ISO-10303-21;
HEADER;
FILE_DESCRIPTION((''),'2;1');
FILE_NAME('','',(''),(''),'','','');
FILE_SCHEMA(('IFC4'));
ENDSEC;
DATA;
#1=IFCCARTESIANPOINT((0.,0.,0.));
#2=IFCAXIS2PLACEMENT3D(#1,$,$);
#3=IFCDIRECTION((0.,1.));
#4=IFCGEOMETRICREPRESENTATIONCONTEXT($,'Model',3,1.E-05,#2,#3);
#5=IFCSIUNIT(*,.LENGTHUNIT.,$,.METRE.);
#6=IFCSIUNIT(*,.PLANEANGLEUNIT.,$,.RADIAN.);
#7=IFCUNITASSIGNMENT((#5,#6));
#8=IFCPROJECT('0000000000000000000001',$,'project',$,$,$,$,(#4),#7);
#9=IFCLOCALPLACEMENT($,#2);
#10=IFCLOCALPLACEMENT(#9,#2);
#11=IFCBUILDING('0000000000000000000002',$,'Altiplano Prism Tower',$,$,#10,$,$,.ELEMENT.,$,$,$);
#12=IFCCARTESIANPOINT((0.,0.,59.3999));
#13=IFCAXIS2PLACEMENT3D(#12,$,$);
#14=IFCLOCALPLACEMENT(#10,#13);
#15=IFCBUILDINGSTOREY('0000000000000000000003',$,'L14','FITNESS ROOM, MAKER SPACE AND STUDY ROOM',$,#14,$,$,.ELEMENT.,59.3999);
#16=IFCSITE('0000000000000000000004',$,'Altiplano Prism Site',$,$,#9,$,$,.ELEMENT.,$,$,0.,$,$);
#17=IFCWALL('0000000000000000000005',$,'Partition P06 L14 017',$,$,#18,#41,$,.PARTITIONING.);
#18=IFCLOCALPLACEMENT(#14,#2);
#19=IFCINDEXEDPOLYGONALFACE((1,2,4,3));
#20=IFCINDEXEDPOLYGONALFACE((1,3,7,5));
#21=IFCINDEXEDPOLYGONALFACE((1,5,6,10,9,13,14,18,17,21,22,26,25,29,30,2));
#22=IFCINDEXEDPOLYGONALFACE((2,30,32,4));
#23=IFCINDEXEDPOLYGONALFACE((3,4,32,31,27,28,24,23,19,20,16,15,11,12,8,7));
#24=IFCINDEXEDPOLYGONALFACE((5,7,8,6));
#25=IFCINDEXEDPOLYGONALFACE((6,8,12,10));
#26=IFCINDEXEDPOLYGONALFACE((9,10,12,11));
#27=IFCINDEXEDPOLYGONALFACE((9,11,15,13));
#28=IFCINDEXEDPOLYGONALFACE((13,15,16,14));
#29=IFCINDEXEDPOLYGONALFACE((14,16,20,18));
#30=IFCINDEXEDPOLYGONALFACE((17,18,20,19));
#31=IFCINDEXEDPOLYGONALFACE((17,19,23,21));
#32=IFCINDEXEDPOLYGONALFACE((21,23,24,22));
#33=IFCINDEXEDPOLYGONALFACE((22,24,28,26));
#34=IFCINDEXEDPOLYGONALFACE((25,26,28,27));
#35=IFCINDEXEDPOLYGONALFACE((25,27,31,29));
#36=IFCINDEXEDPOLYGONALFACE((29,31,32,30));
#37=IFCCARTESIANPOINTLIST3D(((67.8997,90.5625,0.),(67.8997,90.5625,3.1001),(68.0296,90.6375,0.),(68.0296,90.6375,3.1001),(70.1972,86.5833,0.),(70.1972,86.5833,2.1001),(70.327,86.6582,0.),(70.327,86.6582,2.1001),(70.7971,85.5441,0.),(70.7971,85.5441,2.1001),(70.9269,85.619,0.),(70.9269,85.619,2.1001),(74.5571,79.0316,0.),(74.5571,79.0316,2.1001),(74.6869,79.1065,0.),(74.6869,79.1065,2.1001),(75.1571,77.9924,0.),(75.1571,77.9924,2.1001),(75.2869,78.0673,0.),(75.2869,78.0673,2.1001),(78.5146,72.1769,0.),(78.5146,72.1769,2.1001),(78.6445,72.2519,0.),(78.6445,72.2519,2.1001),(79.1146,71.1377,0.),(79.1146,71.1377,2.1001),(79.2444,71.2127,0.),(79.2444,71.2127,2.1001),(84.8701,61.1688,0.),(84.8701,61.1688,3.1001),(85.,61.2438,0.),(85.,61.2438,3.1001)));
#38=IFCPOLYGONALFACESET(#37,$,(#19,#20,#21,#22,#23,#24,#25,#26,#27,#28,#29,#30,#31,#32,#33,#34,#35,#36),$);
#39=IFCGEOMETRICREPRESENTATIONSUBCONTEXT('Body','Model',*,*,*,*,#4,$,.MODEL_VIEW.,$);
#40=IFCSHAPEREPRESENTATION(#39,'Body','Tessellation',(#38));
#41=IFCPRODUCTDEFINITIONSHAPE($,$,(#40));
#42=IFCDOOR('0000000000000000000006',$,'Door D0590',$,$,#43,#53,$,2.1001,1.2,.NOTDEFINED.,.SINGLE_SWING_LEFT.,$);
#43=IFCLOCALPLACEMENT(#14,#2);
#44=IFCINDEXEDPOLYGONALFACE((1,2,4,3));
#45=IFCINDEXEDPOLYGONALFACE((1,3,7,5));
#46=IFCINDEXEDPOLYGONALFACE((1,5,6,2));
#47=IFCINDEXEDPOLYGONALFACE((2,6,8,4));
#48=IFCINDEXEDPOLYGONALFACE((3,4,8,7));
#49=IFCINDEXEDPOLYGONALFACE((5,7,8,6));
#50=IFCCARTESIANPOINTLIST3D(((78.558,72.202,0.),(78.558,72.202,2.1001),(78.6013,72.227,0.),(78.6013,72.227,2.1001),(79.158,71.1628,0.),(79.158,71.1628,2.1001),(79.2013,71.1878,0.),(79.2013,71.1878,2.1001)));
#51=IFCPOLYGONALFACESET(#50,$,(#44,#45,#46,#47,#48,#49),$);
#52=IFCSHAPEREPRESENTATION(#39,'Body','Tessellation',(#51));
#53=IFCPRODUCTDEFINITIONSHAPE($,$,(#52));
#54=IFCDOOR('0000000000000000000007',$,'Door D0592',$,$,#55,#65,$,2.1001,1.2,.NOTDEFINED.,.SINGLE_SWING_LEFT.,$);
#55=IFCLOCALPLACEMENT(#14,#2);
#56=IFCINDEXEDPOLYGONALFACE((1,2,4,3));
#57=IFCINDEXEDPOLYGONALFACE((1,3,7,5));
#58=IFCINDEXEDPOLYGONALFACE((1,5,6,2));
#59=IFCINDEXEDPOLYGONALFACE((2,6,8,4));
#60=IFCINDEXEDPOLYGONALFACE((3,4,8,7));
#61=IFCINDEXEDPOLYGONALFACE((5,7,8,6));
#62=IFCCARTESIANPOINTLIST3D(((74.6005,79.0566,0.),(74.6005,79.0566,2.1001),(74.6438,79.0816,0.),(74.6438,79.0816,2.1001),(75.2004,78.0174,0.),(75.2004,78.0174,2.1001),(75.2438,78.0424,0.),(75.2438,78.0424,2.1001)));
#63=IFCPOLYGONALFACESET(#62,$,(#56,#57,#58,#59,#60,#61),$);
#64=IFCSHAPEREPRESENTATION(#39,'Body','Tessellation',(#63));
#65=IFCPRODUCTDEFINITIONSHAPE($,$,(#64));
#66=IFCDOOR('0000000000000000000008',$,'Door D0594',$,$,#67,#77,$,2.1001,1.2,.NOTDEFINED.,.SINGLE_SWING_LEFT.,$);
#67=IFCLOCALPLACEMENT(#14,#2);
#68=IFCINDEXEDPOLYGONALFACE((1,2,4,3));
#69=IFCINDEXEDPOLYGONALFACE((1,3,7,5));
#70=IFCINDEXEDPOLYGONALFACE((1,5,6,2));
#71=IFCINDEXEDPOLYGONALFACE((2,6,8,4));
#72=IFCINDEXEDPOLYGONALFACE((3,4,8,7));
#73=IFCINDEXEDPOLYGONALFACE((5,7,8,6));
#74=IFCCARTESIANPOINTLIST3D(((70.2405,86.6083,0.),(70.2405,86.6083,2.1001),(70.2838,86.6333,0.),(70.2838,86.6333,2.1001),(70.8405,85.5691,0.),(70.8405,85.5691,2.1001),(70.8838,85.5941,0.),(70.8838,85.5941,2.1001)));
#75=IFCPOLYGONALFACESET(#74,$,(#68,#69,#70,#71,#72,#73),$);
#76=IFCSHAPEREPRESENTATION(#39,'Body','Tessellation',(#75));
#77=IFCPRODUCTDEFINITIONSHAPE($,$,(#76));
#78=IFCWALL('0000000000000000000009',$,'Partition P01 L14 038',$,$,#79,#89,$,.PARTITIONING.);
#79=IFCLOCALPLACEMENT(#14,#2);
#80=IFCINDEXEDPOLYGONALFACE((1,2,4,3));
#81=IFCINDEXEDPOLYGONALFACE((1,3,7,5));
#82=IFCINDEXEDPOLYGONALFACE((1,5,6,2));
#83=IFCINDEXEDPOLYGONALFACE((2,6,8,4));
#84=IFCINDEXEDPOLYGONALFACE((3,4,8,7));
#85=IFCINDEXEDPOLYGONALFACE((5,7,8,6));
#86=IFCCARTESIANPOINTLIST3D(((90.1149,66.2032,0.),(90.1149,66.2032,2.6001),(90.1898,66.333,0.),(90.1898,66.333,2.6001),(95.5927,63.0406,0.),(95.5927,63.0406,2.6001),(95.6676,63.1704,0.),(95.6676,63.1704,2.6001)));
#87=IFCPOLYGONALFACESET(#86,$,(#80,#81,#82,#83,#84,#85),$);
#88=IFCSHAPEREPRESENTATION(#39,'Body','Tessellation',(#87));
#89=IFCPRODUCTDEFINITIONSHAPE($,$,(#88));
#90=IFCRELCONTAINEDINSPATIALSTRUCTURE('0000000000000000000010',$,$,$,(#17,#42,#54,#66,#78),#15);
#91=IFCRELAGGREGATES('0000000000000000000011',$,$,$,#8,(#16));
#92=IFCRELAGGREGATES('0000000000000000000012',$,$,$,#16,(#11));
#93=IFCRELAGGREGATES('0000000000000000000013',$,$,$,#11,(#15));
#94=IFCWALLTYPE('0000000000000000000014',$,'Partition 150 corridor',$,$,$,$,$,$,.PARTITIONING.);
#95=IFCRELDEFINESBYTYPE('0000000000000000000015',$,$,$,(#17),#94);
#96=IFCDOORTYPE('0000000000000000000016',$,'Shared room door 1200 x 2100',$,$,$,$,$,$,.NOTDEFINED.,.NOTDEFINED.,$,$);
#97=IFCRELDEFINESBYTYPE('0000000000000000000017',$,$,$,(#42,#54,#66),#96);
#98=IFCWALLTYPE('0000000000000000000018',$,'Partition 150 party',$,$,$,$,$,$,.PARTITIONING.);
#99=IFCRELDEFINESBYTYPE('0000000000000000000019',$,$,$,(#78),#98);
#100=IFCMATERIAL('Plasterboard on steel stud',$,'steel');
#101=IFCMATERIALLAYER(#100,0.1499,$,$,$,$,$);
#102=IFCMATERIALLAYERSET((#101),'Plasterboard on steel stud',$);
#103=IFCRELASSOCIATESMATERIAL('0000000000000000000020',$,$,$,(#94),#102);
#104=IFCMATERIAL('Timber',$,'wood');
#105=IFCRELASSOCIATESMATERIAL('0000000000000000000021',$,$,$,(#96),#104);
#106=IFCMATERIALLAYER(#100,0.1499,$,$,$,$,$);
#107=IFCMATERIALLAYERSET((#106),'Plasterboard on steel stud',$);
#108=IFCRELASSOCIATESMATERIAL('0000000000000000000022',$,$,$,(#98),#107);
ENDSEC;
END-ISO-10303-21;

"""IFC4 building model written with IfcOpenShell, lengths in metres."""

from ifc_helpers import new_model, si_unit, direction, frame, frame_2d, origin, place, context, subcontext, project, spatial, rectangle, extrude, material, layer, layer_set, type_object, element, fill, save


model = new_model("IFC4")

# Units and contexts
model_context = context("Model", 3, precision=1e-05, world=origin(), true_north=direction((0.0, 1.0)))
body_context = subcontext(model_context, "Body", "Model", "MODEL_VIEW")
ifc_project = project(units=[si_unit("LENGTHUNIT", "METRE"), si_unit("PLANEANGLEUNIT", "RADIAN")], contexts=[model_context])

# Site, building, storey
site_placement = place(None, origin())
site = spatial("IfcSite", under=ifc_project, at=site_placement, Name="Altiplano Prism Site", CompositionType="ELEMENT", RefElevation=0.0)
building_placement = place(site_placement, origin())
building = spatial("IfcBuilding", under=site, at=building_placement, Name="Altiplano Prism Tower", CompositionType="ELEMENT")
storey_placement = place(building_placement, frame((0.0, 0.0, 59.3999)))
storey = spatial("IfcBuildingStorey", under=building, at=storey_placement, Name="L14", Description="FITNESS ROOM, MAKER SPACE AND STUDY ROOM", CompositionType="ELEMENT", Elevation=59.3999)

# Wall, openings, doors
ifc_material_1 = material(Name="Plasterboard on steel stud", Category="steel")
ifc_layer_1 = layer(ifc_material_1, 0.1499)
ifc_layer_set_1 = layer_set([ifc_layer_1], Name="Plasterboard on steel stud")
wall_type_1 = type_object("IfcWallType", Name="Partition 150 corridor", PredefinedType="PARTITIONING", material=ifc_layer_set_1)
wall_1_placement = place(storey_placement, frame((84.9351, 61.2063, 0.0), z_axis=(0.0, 0.0, 1.0), x_axis=(-0.499999, 0.866026, 0.0)))
wall_1 = element("IfcWall", 1, at=wall_1_placement, inside=storey, type_object=wall_type_1, Name="Partition P06 L14 017", PredefinedType="PARTITIONING", context=body_context, shape_type="SweptSolid", body=[
    extrude(rectangle(XDim=33.9409, YDim=0.1499, at=frame_2d((16.9705, 0.0))), origin(), (0.0, 0.0, 1.0), 3.1001),
])
opening_1_placement = place(wall_1_placement, frame((11.511, 0.0, 0.0)))
opening_1 = element("IfcOpeningElement", 2, at=opening_1_placement, cuts=wall_1, PredefinedType="OPENING", context=body_context, shape_type="SweptSolid", body=[
    extrude(rectangle(XDim=1.2, YDim=2.1001, at=frame_2d((0.6001, 1.05))), frame((0.0, 0.0854, 0.0), z_axis=(0.0, -1.0, 0.0), x_axis=(1.0, 0.0, 0.0)), (0.0, 0.0, 1.0), 0.1709),
])
opening_2_placement = place(wall_1_placement, frame((19.426, 0.0, 0.0)))
opening_2 = element("IfcOpeningElement", 3, at=opening_2_placement, cuts=wall_1, PredefinedType="OPENING", context=body_context, shape_type="SweptSolid", body=[
    extrude(rectangle(XDim=1.2, YDim=2.1001, at=frame_2d((0.6001, 1.05))), frame((0.0, 0.0854, 0.0), z_axis=(0.0, -1.0, 0.0), x_axis=(1.0, 0.0, 0.0)), (0.0, 0.0, 1.0), 0.1709),
])
opening_3_placement = place(wall_1_placement, frame((28.146, 0.0, 0.0)))
opening_3 = element("IfcOpeningElement", 4, at=opening_3_placement, cuts=wall_1, PredefinedType="OPENING", context=body_context, shape_type="SweptSolid", body=[
    extrude(rectangle(XDim=1.2, YDim=2.1001, at=frame_2d((0.6001, 1.05))), frame((0.0, 0.0854, 0.0), z_axis=(0.0, -1.0, 0.0), x_axis=(1.0, 0.0, 0.0)), (0.0, 0.0, 1.0), 0.1709),
])
ifc_material_2 = material(Name="Timber", Category="wood")
door_type = type_object("IfcDoorType", Name="Shared room door 1200 x 2100", OperationType="NOTDEFINED", PredefinedType="NOTDEFINED", material=ifc_material_2)
door_1_placement = place(opening_1_placement, origin())
door_1 = element("IfcDoor", 5, at=door_1_placement, inside=storey, type_object=door_type, Name="Door D0590", OperationType="SINGLE_SWING_LEFT", OverallHeight=2.1001, OverallWidth=1.2, PredefinedType="NOTDEFINED", context=body_context, shape_type="SweptSolid", body=[
    extrude(rectangle(XDim=1.2, YDim=2.1001, at=frame_2d((0.6001, 1.05))), frame((0.0, 0.0249, 0.0), z_axis=(0.0, -1.0, 0.0), x_axis=(1.0, 0.0, 0.0)), (0.0, 0.0, 1.0), 0.05),
])
fill(opening_1, door_1)
door_2_placement = place(opening_2_placement, origin())
door_2 = element("IfcDoor", 6, at=door_2_placement, inside=storey, type_object=door_type, Name="Door D0592", OperationType="SINGLE_SWING_LEFT", OverallHeight=2.1001, OverallWidth=1.2, PredefinedType="NOTDEFINED", context=body_context, shape_type="SweptSolid", body=[
    extrude(rectangle(XDim=1.2, YDim=2.1001, at=frame_2d((0.6001, 1.05))), frame((0.0, 0.0249, 0.0), z_axis=(0.0, -1.0, 0.0), x_axis=(1.0, 0.0, 0.0)), (0.0, 0.0, 1.0), 0.05),
])
fill(opening_2, door_2)
door_3_placement = place(opening_3_placement, origin())
door_3 = element("IfcDoor", 7, at=door_3_placement, inside=storey, type_object=door_type, Name="Door D0594", OperationType="SINGLE_SWING_LEFT", OverallHeight=2.1001, OverallWidth=1.2, PredefinedType="NOTDEFINED", context=body_context, shape_type="SweptSolid", body=[
    extrude(rectangle(XDim=1.2, YDim=2.1001, at=frame_2d((0.6001, 1.05))), frame((0.0, 0.0249, 0.0), z_axis=(0.0, -1.0, 0.0), x_axis=(1.0, 0.0, 0.0)), (0.0, 0.0, 1.0), 0.05),
])
fill(opening_3, door_3)

# Wall
ifc_layer_2 = layer(ifc_material_1, 0.1499)
ifc_layer_set_2 = layer_set([ifc_layer_2], Name="Plasterboard on steel stud")
wall_type_2 = type_object("IfcWallType", Name="Partition 150 party", PredefinedType="PARTITIONING", material=ifc_layer_set_2)
wall_2_placement = place(storey_placement, frame((95.6301, 63.1055, 0.0), z_axis=(0.0, 0.0, 1.0), x_axis=(-0.866026, 0.5, 0.0)))
element("IfcWall", 8, at=wall_2_placement, inside=storey, type_object=wall_type_2, Name="Partition P01 L14 038", PredefinedType="PARTITIONING", context=body_context, shape_type="SweptSolid", body=[
    extrude(rectangle(XDim=6.3252, YDim=0.1499, at=frame_2d((3.1626, 0.0))), origin(), (0.0, 0.0, 1.0), 2.6001),
])

save(model, "model.ifc")
